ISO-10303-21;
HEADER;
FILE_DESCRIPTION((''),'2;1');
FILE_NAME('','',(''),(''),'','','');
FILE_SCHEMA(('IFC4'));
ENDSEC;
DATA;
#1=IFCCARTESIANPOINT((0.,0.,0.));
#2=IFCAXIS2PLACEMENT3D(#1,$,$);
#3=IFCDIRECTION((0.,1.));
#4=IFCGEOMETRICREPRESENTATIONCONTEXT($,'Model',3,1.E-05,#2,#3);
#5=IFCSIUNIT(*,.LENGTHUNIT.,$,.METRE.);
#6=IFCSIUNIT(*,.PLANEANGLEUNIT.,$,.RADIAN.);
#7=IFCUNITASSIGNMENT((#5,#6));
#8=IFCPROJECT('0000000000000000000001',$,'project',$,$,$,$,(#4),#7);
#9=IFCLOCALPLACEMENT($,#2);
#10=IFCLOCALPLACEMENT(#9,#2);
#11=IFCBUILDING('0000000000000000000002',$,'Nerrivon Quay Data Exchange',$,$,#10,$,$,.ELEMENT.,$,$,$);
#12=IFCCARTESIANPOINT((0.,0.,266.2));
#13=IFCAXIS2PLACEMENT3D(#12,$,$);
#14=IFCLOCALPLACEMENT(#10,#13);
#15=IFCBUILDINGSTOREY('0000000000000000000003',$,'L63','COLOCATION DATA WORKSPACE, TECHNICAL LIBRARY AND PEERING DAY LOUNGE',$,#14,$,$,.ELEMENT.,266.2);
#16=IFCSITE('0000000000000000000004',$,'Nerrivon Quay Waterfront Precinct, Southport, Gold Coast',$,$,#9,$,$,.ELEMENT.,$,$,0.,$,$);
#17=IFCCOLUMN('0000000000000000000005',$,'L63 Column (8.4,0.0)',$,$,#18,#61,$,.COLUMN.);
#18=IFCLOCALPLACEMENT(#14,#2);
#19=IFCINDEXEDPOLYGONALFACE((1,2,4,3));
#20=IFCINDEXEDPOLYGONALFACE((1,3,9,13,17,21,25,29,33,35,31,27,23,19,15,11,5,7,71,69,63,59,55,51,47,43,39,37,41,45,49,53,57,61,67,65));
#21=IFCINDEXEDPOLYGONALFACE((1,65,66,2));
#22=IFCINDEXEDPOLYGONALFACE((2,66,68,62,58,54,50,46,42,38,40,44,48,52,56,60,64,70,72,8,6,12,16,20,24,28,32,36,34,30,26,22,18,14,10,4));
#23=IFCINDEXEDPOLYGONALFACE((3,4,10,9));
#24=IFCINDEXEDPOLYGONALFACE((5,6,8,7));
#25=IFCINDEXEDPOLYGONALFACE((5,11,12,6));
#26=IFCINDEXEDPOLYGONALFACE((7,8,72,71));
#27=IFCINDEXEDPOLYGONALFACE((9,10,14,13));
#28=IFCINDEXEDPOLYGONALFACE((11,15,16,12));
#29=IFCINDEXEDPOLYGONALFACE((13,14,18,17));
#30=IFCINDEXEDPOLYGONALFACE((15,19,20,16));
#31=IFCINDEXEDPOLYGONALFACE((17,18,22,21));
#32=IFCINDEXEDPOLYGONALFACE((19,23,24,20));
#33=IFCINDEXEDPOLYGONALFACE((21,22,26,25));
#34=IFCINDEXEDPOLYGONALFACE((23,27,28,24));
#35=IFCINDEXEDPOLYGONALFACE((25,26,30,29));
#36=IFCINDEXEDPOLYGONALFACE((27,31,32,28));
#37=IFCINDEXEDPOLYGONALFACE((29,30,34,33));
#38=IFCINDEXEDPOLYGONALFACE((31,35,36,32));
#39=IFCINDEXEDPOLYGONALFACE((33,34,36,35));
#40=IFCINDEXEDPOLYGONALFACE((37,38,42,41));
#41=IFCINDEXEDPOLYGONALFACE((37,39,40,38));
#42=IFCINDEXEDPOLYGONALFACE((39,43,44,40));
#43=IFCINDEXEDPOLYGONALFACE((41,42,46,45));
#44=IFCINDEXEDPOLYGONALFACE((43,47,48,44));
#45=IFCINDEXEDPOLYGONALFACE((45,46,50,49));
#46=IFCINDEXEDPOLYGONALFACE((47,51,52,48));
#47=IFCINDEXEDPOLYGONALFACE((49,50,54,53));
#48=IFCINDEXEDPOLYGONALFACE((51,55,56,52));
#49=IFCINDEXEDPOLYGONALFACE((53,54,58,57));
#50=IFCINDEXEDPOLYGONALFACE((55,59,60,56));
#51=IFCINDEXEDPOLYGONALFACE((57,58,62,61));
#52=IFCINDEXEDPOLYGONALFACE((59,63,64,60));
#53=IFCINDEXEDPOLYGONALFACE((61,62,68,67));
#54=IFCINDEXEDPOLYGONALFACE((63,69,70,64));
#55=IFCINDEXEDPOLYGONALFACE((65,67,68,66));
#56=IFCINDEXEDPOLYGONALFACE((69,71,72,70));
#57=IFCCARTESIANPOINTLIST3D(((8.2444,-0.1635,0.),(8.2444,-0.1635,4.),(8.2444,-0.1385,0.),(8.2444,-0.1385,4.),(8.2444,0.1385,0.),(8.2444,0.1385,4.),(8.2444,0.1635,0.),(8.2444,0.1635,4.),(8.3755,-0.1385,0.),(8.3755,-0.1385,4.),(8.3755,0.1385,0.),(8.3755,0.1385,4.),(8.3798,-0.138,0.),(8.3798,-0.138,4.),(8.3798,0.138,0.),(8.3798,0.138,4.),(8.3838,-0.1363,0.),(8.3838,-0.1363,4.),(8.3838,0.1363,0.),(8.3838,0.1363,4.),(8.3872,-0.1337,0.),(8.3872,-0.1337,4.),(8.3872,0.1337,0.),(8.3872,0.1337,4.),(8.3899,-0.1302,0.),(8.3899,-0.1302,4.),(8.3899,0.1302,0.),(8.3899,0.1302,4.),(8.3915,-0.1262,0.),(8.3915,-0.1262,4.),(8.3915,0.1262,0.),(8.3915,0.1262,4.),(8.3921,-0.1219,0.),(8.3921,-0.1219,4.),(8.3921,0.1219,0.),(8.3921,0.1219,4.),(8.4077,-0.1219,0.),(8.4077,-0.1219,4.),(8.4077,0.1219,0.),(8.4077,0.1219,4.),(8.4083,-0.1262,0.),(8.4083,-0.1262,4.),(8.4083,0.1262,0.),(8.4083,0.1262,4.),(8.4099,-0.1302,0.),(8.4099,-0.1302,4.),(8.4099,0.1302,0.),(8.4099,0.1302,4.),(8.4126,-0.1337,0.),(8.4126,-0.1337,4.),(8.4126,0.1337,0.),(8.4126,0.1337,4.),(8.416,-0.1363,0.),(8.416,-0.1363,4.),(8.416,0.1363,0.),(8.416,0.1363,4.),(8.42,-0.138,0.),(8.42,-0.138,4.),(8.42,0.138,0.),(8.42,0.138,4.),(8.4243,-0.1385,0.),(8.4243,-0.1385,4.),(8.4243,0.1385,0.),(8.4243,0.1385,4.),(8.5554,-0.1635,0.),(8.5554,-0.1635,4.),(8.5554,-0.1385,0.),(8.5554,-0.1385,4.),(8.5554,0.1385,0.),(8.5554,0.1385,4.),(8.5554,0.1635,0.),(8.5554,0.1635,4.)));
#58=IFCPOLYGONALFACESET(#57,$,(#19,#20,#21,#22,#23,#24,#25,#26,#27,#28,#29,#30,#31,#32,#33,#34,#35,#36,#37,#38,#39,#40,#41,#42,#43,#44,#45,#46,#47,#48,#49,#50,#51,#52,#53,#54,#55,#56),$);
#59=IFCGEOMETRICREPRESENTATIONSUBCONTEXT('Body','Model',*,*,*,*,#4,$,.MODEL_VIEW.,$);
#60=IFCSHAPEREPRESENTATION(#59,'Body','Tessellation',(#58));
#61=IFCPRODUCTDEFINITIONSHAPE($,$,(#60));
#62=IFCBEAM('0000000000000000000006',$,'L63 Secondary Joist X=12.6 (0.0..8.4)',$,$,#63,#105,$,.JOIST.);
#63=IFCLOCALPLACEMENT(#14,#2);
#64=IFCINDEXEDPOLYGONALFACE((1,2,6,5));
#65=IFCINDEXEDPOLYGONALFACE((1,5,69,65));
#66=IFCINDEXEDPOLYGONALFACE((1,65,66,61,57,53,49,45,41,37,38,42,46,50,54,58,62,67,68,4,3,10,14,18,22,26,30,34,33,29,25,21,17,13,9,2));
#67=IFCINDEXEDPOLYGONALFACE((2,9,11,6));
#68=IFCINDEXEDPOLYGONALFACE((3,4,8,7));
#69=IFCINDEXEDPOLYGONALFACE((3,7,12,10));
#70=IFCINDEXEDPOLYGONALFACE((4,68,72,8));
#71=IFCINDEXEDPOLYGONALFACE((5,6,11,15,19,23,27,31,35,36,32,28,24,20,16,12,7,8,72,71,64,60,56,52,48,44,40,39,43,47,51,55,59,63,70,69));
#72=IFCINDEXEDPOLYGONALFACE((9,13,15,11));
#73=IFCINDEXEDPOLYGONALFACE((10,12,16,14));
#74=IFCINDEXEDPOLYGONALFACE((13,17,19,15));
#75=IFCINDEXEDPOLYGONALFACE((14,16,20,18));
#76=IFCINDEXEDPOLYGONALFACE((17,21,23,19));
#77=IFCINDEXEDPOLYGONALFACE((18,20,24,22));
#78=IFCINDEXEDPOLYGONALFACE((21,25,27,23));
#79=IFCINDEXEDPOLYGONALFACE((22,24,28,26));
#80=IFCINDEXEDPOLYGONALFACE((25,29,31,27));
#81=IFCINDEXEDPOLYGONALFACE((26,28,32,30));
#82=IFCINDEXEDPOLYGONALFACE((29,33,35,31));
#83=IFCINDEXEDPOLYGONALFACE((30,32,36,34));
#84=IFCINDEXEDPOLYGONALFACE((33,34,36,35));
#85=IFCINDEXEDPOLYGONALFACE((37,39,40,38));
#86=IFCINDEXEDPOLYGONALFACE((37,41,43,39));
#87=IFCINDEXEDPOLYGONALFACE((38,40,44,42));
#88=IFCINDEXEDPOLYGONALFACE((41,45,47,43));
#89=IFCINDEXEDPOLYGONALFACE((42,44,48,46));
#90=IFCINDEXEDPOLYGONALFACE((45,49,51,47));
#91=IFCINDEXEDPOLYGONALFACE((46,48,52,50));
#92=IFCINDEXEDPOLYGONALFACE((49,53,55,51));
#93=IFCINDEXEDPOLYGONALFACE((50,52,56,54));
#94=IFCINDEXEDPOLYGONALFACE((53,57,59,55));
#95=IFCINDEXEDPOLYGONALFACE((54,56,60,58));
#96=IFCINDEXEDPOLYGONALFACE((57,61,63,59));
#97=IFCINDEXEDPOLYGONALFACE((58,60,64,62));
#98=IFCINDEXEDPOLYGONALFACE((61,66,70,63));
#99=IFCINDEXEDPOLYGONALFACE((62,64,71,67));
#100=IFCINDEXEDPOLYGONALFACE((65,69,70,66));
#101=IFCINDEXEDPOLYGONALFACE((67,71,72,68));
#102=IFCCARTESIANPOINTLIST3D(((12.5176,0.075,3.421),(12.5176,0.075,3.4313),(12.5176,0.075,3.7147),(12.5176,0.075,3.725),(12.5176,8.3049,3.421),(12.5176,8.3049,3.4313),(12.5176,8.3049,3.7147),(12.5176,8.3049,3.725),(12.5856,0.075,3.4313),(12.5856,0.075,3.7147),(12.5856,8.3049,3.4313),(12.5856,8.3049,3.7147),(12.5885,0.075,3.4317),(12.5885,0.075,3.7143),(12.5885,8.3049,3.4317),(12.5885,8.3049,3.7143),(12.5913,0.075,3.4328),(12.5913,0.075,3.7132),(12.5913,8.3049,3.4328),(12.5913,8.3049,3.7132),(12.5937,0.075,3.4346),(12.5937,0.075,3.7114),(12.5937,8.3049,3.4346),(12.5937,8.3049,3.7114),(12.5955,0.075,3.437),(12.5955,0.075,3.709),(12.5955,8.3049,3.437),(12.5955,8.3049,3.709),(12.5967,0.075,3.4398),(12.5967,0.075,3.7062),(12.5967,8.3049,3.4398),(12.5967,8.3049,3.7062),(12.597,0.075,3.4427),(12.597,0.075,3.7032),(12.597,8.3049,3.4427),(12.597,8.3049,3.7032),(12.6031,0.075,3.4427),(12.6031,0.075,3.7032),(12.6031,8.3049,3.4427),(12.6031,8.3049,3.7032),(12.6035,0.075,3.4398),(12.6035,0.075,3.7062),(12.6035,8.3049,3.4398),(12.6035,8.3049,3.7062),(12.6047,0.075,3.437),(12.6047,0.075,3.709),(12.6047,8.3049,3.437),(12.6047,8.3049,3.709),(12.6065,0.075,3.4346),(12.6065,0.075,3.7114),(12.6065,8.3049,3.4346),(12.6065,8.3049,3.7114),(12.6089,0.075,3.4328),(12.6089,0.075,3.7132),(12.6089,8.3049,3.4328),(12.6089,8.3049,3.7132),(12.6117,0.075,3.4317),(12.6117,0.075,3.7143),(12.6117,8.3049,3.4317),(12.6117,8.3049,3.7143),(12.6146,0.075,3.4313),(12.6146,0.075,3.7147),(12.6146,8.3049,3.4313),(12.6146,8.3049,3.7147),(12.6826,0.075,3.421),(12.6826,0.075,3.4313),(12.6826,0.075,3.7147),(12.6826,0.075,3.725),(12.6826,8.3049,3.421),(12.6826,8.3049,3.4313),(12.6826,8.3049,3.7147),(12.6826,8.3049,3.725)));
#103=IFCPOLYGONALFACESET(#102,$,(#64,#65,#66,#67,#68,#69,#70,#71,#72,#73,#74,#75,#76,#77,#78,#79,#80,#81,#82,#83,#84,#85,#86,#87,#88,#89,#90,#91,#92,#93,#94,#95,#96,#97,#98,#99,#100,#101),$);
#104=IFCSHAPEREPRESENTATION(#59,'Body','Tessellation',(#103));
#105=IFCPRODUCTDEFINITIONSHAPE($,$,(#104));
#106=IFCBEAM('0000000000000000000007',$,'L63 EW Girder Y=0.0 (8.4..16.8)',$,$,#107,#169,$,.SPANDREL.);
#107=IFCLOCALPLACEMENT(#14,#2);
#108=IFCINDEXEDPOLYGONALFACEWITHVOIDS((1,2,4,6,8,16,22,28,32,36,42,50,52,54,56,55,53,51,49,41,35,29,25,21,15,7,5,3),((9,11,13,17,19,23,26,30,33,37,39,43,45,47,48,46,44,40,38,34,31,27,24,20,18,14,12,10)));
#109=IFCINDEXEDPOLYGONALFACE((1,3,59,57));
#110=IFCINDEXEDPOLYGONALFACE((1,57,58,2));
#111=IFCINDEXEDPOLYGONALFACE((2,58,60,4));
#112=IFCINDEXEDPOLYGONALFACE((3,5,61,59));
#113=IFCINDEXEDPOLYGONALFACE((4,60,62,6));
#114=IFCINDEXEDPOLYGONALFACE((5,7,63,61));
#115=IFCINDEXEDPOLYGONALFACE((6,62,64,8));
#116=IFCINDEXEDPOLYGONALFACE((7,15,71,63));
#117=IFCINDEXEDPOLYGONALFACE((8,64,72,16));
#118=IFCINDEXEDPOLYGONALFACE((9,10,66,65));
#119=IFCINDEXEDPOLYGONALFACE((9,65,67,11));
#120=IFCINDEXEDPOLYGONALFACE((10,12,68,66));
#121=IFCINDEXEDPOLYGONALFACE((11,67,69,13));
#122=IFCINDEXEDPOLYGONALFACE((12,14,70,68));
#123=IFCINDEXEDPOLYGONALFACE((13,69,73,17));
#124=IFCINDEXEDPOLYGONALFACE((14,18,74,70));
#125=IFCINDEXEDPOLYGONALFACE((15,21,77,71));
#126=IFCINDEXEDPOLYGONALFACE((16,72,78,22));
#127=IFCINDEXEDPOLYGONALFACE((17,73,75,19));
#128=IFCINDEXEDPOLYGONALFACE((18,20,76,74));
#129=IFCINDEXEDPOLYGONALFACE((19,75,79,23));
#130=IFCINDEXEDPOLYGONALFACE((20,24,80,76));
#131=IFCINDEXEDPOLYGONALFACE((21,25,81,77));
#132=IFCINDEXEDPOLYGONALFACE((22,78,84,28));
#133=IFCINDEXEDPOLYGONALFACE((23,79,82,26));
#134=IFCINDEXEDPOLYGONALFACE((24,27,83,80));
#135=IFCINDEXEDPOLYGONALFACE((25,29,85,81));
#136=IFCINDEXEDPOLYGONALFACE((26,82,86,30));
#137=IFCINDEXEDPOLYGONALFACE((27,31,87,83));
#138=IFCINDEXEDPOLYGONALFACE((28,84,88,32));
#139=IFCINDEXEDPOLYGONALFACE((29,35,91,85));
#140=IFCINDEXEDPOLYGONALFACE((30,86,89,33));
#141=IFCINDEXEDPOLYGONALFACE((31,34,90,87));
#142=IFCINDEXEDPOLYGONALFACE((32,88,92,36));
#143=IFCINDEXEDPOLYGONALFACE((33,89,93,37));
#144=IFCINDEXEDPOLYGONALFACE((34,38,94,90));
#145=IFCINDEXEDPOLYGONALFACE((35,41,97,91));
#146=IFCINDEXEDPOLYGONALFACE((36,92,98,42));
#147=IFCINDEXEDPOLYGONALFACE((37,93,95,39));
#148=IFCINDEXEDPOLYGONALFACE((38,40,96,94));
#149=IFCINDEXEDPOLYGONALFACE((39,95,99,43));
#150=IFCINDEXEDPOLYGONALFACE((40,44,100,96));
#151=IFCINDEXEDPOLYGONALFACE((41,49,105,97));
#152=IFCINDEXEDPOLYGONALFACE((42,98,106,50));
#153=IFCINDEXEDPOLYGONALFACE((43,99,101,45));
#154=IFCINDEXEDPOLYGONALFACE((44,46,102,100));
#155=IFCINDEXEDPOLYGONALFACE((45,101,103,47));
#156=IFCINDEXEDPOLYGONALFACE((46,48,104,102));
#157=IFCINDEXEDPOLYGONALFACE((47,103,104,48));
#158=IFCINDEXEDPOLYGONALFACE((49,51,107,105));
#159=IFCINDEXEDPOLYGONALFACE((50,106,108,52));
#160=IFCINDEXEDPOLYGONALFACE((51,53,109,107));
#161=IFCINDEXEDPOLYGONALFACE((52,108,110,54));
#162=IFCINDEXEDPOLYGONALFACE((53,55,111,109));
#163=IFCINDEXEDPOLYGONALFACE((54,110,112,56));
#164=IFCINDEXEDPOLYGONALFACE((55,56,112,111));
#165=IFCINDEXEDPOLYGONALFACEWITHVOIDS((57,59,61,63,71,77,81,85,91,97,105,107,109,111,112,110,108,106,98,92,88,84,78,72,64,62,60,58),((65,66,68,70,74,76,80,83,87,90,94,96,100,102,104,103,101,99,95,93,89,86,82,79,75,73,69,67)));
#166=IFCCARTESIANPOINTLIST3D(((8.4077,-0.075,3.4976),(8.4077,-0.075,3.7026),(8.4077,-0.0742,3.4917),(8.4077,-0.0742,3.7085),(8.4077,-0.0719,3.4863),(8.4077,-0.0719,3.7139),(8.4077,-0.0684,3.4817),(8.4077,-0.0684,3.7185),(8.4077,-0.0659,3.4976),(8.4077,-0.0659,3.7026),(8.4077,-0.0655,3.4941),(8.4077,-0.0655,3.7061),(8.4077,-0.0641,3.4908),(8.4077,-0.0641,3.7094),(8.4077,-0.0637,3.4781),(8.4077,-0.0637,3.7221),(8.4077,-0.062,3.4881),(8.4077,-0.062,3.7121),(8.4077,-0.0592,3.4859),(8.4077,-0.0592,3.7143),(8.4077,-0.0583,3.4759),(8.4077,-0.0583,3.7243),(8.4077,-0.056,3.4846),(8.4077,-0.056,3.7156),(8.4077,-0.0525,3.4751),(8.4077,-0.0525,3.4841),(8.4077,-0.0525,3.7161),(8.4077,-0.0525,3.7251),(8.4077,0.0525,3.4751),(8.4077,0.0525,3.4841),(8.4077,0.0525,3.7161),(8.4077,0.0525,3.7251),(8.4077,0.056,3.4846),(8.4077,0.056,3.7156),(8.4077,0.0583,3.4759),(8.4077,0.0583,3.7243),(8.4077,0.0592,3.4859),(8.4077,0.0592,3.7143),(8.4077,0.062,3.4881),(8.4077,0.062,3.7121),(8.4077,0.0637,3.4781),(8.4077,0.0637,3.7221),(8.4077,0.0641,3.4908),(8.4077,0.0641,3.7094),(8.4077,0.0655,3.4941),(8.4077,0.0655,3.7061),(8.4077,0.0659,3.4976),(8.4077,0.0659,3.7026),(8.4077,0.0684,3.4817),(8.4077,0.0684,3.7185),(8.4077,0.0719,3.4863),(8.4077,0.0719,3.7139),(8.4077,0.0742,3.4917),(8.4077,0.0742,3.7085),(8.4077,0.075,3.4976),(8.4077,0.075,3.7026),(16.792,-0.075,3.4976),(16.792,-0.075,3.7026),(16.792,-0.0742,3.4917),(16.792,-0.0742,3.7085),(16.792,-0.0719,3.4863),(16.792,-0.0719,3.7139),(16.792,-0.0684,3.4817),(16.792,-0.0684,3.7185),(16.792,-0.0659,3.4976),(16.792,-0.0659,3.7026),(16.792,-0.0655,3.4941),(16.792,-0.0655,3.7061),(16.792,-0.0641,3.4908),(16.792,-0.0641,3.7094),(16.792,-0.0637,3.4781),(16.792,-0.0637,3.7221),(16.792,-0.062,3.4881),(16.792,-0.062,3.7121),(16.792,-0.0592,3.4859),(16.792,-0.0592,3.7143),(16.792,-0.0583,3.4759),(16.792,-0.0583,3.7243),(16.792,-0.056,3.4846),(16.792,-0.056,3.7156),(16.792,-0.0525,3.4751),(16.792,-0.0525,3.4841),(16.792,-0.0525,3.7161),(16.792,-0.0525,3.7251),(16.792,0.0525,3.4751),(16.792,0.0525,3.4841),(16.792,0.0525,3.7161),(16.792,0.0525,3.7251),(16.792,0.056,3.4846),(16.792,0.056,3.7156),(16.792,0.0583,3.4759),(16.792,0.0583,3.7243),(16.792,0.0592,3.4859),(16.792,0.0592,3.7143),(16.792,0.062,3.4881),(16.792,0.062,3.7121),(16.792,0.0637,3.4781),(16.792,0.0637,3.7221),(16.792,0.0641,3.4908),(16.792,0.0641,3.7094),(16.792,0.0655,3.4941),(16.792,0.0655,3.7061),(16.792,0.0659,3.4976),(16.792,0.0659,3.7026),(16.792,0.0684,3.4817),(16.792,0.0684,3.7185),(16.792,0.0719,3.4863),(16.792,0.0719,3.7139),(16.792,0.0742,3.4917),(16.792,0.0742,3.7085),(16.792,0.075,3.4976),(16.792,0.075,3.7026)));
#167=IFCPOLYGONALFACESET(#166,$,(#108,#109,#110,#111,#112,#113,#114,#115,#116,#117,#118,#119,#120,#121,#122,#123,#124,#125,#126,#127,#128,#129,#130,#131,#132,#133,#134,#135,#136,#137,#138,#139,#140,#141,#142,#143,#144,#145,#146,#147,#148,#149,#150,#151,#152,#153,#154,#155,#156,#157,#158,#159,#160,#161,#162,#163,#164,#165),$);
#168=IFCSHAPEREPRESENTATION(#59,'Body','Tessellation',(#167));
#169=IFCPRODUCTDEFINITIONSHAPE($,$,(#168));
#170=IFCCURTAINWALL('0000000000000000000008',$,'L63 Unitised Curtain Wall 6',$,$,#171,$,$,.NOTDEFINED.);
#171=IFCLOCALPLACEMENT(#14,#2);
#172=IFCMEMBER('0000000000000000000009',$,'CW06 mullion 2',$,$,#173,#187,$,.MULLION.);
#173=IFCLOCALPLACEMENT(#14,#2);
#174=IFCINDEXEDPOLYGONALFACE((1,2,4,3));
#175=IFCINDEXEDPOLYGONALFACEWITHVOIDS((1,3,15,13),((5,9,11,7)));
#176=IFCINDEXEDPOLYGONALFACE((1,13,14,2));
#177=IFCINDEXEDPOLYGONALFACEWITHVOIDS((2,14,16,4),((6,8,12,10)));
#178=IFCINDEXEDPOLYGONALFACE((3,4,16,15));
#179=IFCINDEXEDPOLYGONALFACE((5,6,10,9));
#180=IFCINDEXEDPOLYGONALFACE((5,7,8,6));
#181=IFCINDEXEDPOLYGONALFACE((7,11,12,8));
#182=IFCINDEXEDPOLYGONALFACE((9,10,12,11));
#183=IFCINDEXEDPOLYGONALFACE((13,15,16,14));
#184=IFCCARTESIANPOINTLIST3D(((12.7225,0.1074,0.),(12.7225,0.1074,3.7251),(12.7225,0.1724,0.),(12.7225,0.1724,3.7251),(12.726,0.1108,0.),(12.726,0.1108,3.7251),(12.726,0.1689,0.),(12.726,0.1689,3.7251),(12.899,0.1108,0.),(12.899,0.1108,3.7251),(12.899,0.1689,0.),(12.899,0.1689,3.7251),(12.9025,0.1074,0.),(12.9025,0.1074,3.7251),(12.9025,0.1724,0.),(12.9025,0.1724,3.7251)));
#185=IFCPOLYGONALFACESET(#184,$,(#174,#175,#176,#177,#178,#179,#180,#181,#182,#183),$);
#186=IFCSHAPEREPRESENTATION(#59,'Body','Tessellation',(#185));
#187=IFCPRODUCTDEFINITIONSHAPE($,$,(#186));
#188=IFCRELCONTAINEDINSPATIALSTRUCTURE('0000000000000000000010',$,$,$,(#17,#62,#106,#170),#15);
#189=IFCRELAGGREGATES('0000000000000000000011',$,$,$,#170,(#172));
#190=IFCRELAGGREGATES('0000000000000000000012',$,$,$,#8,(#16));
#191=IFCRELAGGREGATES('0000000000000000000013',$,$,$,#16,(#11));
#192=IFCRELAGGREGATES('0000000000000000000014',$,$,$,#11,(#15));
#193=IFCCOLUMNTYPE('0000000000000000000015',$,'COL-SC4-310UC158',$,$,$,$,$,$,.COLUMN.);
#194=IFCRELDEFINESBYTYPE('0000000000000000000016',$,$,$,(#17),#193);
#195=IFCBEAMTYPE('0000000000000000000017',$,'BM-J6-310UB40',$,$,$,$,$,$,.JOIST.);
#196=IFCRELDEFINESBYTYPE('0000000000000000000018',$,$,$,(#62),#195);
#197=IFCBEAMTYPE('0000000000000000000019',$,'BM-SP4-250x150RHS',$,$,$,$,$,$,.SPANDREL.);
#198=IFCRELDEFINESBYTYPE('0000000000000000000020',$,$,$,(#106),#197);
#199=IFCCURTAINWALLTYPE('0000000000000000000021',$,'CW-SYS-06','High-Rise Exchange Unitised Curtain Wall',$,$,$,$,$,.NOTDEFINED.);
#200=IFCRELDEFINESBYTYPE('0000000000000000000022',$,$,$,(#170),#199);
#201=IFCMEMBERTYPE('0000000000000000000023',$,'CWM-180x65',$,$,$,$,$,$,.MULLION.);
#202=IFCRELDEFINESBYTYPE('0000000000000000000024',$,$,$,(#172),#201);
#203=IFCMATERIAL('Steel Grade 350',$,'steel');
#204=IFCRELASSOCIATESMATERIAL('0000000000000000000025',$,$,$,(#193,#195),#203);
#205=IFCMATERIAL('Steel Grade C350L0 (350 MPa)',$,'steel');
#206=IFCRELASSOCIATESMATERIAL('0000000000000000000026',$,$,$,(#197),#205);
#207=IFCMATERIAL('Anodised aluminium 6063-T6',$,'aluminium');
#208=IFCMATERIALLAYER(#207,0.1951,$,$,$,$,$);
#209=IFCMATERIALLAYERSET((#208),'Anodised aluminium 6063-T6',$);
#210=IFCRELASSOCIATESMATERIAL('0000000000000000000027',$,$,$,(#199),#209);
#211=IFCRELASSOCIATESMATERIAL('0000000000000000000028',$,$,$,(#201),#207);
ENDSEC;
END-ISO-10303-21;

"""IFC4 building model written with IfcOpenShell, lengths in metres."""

from ifc_helpers import new_model, si_unit, direction, frame, origin, origin_2d, place, context, subcontext, project, spatial, hollow_rectangle, i_section, extrude, material, layer, layer_set, material_profile, profile_set, type_object, element, aggregate, save


model = new_model("IFC4")

# Units and contexts
model_context = context("Model", 3, precision=1e-05, world=origin(), true_north=direction((0.0, 1.0)))
body_context = subcontext(model_context, "Body", "Model", "MODEL_VIEW")
ifc_project = project(units=[si_unit("LENGTHUNIT", "METRE"), si_unit("PLANEANGLEUNIT", "RADIAN")], contexts=[model_context])

# Site, building, storey
site_placement = place(None, origin())
site = spatial("IfcSite", under=ifc_project, at=site_placement, Name="Nerrivon Quay Waterfront Precinct, Southport, Gold Coast", CompositionType="ELEMENT", RefElevation=0.0)
building_placement = place(site_placement, origin())
building = spatial("IfcBuilding", under=site, at=building_placement, Name="Nerrivon Quay Data Exchange", CompositionType="ELEMENT")
storey_placement = place(building_placement, frame((0.0, 0.0, 266.2)))
storey = spatial("IfcBuildingStorey", under=building, at=storey_placement, Name="L63", Description="COLOCATION DATA WORKSPACE, TECHNICAL LIBRARY AND PEERING DAY LOUNGE", CompositionType="ELEMENT", Elevation=266.2)

# Column
ifc_material_1 = material(Name="Steel Grade 350", Category="steel")
ifc_material_profile_1 = material_profile(ifc_material_1, i_section(OverallWidth=0.311, OverallDepth=0.3269, WebThickness=0.0156, FlangeThickness=0.0249, FilletRadius=0.0166, at=origin_2d()), Name="310UC158")
ifc_profile_set_1 = profile_set([ifc_material_profile_1], Name="Steel Grade 350")
column_type = type_object("IfcColumnType", Name="COL-SC4-310UC158", PredefinedType="COLUMN", material=ifc_profile_set_1)
column_placement = place(storey_placement, frame((8.3999, 0.0, 0.0), z_axis=(0.0, 0.0, 1.0), x_axis=(1.0, 0.0, 0.0)))
element("IfcColumn", 1, at=column_placement, inside=storey, type_object=column_type, Name="L63 Column (8.4,0.0)", PredefinedType="COLUMN", context=body_context, shape_type="SweptSolid", body=[
    extrude(i_section(OverallWidth=0.311, OverallDepth=0.3269, WebThickness=0.0156, FlangeThickness=0.0249, FilletRadius=0.0166, at=origin_2d()), origin(), (0.0, 0.0, 1.0), 4.0),
])

# Beams
ifc_material_profile_2 = material_profile(ifc_material_1, i_section(OverallWidth=0.165, OverallDepth=0.304, WebThickness=0.0061, FlangeThickness=0.0103, FilletRadius=0.0115, at=origin_2d()), Name="310UB40.4")
ifc_profile_set_2 = profile_set([ifc_material_profile_2], Name="Steel Grade 350")
beam_type_1 = type_object("IfcBeamType", Name="BM-J6-310UB40", PredefinedType="JOIST", material=ifc_profile_set_2)
beam_1_placement = place(storey_placement, frame((12.6001, 0.075, 3.573), z_axis=(0.0, 1.0, 0.0), x_axis=(-1.0, 0.0, 0.0)))
element("IfcBeam", 2, at=beam_1_placement, inside=storey, type_object=beam_type_1, Name="L63 Secondary Joist X=12.6 (0.0..8.4)", PredefinedType="JOIST", context=body_context, shape_type="SweptSolid", body=[
    extrude(i_section(OverallWidth=0.165, OverallDepth=0.304, WebThickness=0.0061, FlangeThickness=0.0103, FilletRadius=0.0115, at=origin_2d()), origin(), (0.0, 0.0, 1.0), 8.23),
])
ifc_material_2 = material(Name="Steel Grade C350L0 (350 MPa)", Category="steel")
ifc_material_profile_3 = material_profile(ifc_material_2, hollow_rectangle(XDim=0.1499, YDim=0.25, WallThickness=0.009, InnerFilletRadius=0.0134, OuterFilletRadius=0.0225, at=origin_2d()), Name="250x150x9.0RHS")
ifc_profile_set_3 = profile_set([ifc_material_profile_3], Name="Steel Grade C350L0 (350 MPa)")
beam_type_2 = type_object("IfcBeamType", Name="BM-SP4-250x150RHS", PredefinedType="SPANDREL", material=ifc_profile_set_3)
beam_2_placement = place(storey_placement, frame((8.4077, 0.0, 3.6001), z_axis=(1.0, 0.0, 0.0), x_axis=(0.0, 1.0, 0.0)))
element("IfcBeam", 3, at=beam_2_placement, inside=storey, type_object=beam_type_2, Name="L63 EW Girder Y=0.0 (8.4..16.8)", PredefinedType="SPANDREL", context=body_context, shape_type="SweptSolid", body=[
    extrude(hollow_rectangle(XDim=0.1499, YDim=0.25, WallThickness=0.009, InnerFilletRadius=0.0134, OuterFilletRadius=0.0225, at=origin_2d()), origin(), (0.0, 0.0, 1.0), 8.3843),
])

# Curtain wall, member
ifc_material_3 = material(Name="Anodised aluminium 6063-T6", Category="aluminium")
ifc_layer_1 = layer(ifc_material_3, 0.1951)
ifc_layer_set_1 = layer_set([ifc_layer_1], Name="Anodised aluminium 6063-T6")
curtain_wall_type = type_object("IfcCurtainWallType", Name="CW-SYS-06", Description="High-Rise Exchange Unitised Curtain Wall", PredefinedType="NOTDEFINED", material=ifc_layer_set_1)
curtain_wall_1_placement = place(storey_placement, origin())
curtain_wall_1 = element("IfcCurtainWall", 4, at=curtain_wall_1_placement, inside=storey, type_object=curtain_wall_type, Name="L63 Unitised Curtain Wall 6", PredefinedType="NOTDEFINED")
ifc_material_profile_4 = material_profile(ifc_material_3, hollow_rectangle(XDim=0.0649, YDim=0.1799, WallThickness=0.0034, at=origin_2d()), Name="ALU-MULL-180x65")
ifc_profile_set_4 = profile_set([ifc_material_profile_4], Name="Anodised aluminium 6063-T6")
member_type_1 = type_object("IfcMemberType", Name="CWM-180x65", PredefinedType="MULLION", material=ifc_profile_set_4)
member_1_placement = place(storey_placement, frame((12.8125, 0.1399, 0.0), z_axis=(0.0, 0.0, 1.0), x_axis=(0.0, -1.0, 0.0)))
member_1 = element("IfcMember", 5, at=member_1_placement, type_object=member_type_1, Name="CW06 mullion 2", PredefinedType="MULLION", context=body_context, shape_type="SweptSolid", body=[
    extrude(hollow_rectangle(XDim=0.0649, YDim=0.1799, WallThickness=0.0034, at=origin_2d()), origin(), (0.0, 0.0, 1.0), 3.7251),
])

aggregate(curtain_wall_1, [member_1])

save(model, "model.ifc")
